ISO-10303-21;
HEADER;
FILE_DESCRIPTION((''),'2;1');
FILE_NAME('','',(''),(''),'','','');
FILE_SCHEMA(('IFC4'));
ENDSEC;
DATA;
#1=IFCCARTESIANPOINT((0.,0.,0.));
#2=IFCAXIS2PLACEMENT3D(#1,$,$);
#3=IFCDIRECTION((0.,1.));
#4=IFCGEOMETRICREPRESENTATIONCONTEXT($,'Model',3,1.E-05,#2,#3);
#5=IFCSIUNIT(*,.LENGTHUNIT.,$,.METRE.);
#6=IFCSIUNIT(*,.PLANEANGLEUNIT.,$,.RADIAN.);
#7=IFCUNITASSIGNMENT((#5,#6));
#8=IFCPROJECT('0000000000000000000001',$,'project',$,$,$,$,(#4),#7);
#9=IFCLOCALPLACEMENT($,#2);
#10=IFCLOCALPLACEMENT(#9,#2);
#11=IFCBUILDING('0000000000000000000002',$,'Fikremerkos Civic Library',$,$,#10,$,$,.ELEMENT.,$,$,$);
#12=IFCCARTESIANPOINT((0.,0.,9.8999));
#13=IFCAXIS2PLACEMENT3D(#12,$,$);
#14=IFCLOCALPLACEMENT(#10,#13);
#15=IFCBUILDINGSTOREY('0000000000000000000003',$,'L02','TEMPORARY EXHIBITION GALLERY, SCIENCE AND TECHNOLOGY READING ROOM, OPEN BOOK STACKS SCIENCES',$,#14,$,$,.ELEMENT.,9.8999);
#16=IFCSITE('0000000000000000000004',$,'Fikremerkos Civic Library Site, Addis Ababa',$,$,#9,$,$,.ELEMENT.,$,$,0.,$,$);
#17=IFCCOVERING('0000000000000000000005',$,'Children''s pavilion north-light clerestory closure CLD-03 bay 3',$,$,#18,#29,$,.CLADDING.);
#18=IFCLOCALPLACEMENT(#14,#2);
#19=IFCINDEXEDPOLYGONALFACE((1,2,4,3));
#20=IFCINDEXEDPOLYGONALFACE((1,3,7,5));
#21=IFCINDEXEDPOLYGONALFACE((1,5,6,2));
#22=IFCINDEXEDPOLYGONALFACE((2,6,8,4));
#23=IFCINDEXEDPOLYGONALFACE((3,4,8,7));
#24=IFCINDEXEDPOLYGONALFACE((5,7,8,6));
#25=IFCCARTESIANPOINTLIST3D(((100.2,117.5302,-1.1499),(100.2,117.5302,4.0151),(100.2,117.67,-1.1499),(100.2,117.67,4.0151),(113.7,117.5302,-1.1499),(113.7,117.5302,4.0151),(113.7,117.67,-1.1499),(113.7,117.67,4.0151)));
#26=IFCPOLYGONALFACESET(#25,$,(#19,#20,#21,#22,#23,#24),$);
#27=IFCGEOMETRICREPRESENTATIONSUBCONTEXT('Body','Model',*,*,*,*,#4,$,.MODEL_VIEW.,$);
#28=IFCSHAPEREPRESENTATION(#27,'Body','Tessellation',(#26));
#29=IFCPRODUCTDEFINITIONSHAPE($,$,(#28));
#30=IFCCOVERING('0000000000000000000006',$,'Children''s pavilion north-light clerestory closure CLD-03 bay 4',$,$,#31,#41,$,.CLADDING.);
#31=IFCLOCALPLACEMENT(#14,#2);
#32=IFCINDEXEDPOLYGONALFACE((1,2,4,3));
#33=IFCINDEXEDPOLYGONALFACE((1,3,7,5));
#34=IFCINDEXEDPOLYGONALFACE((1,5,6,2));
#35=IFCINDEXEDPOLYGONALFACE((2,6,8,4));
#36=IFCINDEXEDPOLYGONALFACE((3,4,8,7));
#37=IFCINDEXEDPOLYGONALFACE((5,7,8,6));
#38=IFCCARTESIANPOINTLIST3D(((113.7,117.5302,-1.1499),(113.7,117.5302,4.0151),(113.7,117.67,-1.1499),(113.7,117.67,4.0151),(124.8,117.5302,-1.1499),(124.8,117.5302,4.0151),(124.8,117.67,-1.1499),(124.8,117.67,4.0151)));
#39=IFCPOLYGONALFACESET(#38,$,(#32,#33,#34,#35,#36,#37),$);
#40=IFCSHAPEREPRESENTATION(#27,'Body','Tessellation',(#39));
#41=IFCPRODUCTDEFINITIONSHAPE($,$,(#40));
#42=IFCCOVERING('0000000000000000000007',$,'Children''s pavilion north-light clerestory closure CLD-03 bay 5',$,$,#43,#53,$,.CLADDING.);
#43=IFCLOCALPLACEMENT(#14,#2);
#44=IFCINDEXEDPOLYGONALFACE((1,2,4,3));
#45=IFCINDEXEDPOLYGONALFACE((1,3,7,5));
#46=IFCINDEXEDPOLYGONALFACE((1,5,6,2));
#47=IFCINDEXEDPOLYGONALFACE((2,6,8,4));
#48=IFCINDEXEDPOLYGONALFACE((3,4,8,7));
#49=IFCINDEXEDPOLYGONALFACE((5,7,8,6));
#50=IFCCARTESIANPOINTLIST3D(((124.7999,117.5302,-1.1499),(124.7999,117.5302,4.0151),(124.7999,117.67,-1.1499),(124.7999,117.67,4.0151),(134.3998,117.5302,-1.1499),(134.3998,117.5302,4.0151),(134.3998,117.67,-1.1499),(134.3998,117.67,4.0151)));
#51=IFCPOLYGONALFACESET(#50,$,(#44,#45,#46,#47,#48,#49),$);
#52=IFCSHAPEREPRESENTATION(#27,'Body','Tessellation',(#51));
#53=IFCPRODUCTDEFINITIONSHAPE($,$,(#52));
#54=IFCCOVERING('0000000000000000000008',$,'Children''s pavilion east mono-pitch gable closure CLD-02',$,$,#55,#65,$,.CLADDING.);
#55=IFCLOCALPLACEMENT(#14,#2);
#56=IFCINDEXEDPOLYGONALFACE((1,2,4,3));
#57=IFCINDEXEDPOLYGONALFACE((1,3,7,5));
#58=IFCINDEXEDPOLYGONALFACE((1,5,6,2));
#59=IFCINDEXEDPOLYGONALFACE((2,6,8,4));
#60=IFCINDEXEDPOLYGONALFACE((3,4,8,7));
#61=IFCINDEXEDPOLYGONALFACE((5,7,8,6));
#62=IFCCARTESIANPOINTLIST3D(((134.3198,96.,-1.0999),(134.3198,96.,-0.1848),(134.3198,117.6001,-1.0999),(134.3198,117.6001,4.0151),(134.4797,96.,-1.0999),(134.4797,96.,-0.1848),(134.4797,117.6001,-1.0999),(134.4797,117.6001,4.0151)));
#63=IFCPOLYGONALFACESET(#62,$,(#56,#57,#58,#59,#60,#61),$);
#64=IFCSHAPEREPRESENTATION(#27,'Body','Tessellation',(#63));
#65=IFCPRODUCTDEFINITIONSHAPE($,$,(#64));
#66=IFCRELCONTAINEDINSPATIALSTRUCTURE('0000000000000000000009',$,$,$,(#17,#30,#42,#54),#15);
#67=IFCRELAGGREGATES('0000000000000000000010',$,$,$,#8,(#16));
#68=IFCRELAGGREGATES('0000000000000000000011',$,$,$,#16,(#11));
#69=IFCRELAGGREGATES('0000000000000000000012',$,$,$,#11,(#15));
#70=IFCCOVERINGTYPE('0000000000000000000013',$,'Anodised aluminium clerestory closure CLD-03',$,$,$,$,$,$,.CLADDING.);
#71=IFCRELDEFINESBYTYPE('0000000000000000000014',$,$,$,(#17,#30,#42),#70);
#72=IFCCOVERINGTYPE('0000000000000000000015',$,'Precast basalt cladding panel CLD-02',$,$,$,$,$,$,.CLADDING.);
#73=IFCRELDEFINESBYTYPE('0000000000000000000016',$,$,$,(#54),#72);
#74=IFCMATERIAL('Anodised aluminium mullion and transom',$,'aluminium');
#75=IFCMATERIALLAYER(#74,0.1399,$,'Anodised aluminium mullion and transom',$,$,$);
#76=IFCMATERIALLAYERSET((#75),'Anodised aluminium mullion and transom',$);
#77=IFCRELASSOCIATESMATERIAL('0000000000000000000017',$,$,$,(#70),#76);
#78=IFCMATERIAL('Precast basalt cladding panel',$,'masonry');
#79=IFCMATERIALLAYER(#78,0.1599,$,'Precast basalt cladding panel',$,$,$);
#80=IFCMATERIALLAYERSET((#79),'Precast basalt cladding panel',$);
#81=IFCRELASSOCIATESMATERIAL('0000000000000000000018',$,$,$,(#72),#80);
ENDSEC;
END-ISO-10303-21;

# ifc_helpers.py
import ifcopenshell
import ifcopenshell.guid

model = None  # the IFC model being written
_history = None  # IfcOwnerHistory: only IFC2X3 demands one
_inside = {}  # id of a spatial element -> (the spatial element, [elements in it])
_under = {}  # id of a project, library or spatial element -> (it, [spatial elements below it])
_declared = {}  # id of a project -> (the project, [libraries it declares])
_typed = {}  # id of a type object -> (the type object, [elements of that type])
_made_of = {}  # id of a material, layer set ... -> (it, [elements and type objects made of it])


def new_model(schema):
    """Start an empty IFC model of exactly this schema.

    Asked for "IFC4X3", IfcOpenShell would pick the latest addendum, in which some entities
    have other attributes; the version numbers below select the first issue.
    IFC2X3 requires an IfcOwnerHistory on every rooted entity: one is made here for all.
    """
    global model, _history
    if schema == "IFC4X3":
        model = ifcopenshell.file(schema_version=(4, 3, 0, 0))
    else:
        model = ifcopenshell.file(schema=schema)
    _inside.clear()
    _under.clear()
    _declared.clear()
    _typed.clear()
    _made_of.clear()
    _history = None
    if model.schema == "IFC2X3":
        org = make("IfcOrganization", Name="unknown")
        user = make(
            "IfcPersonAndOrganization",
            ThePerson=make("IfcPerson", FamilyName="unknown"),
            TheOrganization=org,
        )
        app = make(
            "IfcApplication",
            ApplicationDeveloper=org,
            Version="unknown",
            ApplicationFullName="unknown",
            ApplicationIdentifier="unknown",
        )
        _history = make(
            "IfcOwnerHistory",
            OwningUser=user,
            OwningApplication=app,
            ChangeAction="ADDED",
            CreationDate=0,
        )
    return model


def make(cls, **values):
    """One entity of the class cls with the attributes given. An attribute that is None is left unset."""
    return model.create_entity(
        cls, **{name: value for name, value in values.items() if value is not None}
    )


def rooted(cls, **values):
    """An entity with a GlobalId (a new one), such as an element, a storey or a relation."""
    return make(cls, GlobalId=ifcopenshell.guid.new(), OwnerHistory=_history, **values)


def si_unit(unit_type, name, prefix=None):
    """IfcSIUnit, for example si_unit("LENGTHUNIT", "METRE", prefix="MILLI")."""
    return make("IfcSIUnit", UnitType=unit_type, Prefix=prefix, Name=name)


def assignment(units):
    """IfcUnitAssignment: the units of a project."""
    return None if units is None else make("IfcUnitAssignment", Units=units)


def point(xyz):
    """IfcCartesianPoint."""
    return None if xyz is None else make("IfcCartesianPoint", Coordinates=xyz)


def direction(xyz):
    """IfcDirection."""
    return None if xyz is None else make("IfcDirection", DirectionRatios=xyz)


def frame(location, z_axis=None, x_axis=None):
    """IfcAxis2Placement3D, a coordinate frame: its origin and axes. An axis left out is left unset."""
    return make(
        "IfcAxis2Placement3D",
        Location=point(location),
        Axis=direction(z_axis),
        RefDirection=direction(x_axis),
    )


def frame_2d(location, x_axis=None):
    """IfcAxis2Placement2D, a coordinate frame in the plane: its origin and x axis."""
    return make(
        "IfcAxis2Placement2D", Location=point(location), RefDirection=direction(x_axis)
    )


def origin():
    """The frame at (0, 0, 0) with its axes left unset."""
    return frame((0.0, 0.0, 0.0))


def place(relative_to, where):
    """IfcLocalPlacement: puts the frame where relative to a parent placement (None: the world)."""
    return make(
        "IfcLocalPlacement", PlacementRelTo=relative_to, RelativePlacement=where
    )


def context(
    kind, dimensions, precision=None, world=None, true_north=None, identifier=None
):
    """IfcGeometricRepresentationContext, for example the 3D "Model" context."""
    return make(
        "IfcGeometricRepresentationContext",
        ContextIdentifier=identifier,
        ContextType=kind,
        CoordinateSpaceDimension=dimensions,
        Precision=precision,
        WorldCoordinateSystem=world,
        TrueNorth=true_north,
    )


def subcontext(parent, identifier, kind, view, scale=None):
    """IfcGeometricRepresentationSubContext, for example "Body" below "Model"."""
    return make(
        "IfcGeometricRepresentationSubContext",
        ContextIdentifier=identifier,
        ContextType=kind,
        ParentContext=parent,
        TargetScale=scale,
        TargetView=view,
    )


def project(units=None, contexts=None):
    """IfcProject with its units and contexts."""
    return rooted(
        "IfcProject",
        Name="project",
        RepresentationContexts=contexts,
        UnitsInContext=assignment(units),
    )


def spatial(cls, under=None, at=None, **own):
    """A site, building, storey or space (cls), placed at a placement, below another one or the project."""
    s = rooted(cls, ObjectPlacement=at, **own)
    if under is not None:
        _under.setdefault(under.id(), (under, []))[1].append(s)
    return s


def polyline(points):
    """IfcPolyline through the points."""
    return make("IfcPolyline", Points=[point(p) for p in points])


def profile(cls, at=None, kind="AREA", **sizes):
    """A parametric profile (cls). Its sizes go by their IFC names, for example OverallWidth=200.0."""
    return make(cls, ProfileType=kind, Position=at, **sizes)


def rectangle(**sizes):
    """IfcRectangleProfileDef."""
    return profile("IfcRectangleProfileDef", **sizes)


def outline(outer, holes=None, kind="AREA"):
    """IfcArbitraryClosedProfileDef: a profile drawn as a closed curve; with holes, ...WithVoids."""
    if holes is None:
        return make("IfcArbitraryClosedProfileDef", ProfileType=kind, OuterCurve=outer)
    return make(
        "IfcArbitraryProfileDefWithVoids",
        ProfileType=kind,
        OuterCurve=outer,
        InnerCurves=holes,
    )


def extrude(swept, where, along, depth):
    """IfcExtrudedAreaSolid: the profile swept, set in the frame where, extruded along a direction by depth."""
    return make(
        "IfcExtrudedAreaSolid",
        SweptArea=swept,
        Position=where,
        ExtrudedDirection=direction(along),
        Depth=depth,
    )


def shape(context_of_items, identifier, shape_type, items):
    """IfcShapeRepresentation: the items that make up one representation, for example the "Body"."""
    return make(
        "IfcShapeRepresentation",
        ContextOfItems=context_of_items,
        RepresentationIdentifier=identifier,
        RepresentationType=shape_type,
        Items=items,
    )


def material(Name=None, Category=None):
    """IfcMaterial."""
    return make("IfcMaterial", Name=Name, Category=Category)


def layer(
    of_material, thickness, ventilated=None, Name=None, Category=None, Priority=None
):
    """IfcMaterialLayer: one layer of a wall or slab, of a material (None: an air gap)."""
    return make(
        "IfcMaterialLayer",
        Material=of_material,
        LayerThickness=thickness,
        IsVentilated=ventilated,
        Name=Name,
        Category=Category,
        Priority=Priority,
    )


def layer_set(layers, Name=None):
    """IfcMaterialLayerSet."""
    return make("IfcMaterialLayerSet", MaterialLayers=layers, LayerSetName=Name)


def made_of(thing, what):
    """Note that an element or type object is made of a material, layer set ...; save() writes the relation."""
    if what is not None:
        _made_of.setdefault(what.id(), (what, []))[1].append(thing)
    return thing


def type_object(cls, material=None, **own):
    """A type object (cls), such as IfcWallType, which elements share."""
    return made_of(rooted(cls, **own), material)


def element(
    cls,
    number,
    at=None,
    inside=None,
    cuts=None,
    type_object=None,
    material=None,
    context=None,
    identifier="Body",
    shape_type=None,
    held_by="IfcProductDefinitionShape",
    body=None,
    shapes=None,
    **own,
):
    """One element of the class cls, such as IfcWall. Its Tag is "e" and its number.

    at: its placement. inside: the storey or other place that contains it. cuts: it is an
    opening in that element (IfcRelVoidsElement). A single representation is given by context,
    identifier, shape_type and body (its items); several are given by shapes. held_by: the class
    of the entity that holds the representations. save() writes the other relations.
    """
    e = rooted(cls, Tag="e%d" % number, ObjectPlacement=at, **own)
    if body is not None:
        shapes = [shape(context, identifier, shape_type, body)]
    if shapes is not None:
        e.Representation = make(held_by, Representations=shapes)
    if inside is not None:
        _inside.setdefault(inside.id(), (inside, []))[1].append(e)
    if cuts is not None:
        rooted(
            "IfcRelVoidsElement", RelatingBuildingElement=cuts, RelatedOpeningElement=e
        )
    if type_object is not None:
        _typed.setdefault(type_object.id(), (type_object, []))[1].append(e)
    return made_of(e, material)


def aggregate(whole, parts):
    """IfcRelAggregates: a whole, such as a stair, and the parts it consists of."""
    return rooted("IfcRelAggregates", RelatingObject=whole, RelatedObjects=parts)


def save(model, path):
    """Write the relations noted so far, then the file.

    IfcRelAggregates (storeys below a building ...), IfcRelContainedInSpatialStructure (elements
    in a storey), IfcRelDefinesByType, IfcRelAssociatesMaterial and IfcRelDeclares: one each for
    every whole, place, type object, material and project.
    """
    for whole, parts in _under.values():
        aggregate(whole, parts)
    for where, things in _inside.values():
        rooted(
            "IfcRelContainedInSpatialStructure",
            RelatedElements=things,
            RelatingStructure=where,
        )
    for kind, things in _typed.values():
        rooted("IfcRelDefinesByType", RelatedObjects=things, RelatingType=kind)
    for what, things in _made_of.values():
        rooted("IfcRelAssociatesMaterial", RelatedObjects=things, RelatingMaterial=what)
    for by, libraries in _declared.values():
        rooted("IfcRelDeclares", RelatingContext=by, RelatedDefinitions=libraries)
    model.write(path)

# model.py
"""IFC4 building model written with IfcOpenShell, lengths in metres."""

from ifc_helpers import new_model, si_unit, direction, frame, frame_2d, origin, place, context, subcontext, project, spatial, polyline, rectangle, outline, extrude, material, layer, layer_set, type_object, element, save


model = new_model("IFC4")

# Units and contexts
model_context = context("Model", 3, precision=1e-05, world=origin(), true_north=direction((0.0, 1.0)))
body_context = subcontext(model_context, "Body", "Model", "MODEL_VIEW")
ifc_project = project(units=[si_unit("LENGTHUNIT", "METRE"), si_unit("PLANEANGLEUNIT", "RADIAN")], contexts=[model_context])

# Site, building, storey
site_placement = place(None, origin())
site = spatial("IfcSite", under=ifc_project, at=site_placement, Name="Fikremerkos Civic Library Site, Addis Ababa", CompositionType="ELEMENT", RefElevation=0.0)
building_placement = place(site_placement, origin())
building = spatial("IfcBuilding", under=site, at=building_placement, Name="Fikremerkos Civic Library", CompositionType="ELEMENT")
storey_placement = place(building_placement, frame((0.0, 0.0, 9.8999)))
storey = spatial("IfcBuildingStorey", under=building, at=storey_placement, Name="L02", Description="TEMPORARY EXHIBITION GALLERY, SCIENCE AND TECHNOLOGY READING ROOM, OPEN BOOK STACKS SCIENCES", CompositionType="ELEMENT", Elevation=9.8999)

# Coverings
ifc_material_1 = material(Name="Anodised aluminium mullion and transom", Category="aluminium")
ifc_layer_1 = layer(ifc_material_1, 0.1399, Name="Anodised aluminium mullion and transom")
ifc_layer_set_1 = layer_set([ifc_layer_1], Name="Anodised aluminium mullion and transom")
covering_type_1 = type_object("IfcCoveringType", Name="Anodised aluminium clerestory closure CLD-03", PredefinedType="CLADDING", material=ifc_layer_set_1)
covering_1_placement = place(storey_placement, frame((100.2, 117.6001, -1.1499), z_axis=(0.0, 0.0, 1.0), x_axis=(1.0, 0.0, 0.0)))
element("IfcCovering", 1, at=covering_1_placement, inside=storey, type_object=covering_type_1, Name="Children's pavilion north-light clerestory closure CLD-03 bay 3", PredefinedType="CLADDING", context=body_context, shape_type="SweptSolid", body=[
    extrude(rectangle(XDim=13.5, YDim=0.1399, at=frame_2d((6.75, 0.0))), origin(), (0.0, 0.0, 1.0), 5.165),
])
covering_2_placement = place(storey_placement, frame((113.7, 117.6001, -1.1499), z_axis=(0.0, 0.0, 1.0), x_axis=(1.0, 0.0, 0.0)))
element("IfcCovering", 2, at=covering_2_placement, inside=storey, type_object=covering_type_1, Name="Children's pavilion north-light clerestory closure CLD-03 bay 4", PredefinedType="CLADDING", context=body_context, shape_type="SweptSolid", body=[
    extrude(rectangle(XDim=11.1001, YDim=0.1399, at=frame_2d((5.55, 0.0))), origin(), (0.0, 0.0, 1.0), 5.165),
])
covering_3_placement = place(storey_placement, frame((124.8, 117.6001, -1.1499), z_axis=(0.0, 0.0, 1.0), x_axis=(1.0, 0.0, 0.0)))
element("IfcCovering", 3, at=covering_3_placement, inside=storey, type_object=covering_type_1, Name="Children's pavilion north-light clerestory closure CLD-03 bay 5", PredefinedType="CLADDING", context=body_context, shape_type="SweptSolid", body=[
    extrude(rectangle(XDim=9.5999, YDim=0.1399, at=frame_2d((4.7998, 0.0))), origin(), (0.0, 0.0, 1.0), 5.165),
])
ifc_material_2 = material(Name="Precast basalt cladding panel", Category="masonry")
ifc_layer_2 = layer(ifc_material_2, 0.1599, Name="Precast basalt cladding panel")
ifc_layer_set_2 = layer_set([ifc_layer_2], Name="Precast basalt cladding panel")
covering_type_2 = type_object("IfcCoveringType", Name="Precast basalt cladding panel CLD-02", PredefinedType="CLADDING", material=ifc_layer_set_2)
covering_4_placement = place(storey_placement, frame((134.3999, 96.0, -1.0999), z_axis=(0.0, 0.0, 1.0), x_axis=(0.0, 1.0, 0.0)))
element("IfcCovering", 4, at=covering_4_placement, inside=storey, type_object=covering_type_2, Name="Children's pavilion east mono-pitch gable closure CLD-02", PredefinedType="CLADDING", context=body_context, shape_type="SweptSolid", body=[
    extrude(outline(polyline([(0.0, 0.0), (21.6001, 0.0), (21.6001, 5.115), (0.0, 0.915), (0.0, 0.0)])), frame((0.0, 0.0801, 0.0), z_axis=(0.0, -1.0, 0.0), x_axis=(1.0, 0.0, 0.0)), (0.0, 0.0, 1.0), 0.1599),
])

save(model, "model.ifc")
